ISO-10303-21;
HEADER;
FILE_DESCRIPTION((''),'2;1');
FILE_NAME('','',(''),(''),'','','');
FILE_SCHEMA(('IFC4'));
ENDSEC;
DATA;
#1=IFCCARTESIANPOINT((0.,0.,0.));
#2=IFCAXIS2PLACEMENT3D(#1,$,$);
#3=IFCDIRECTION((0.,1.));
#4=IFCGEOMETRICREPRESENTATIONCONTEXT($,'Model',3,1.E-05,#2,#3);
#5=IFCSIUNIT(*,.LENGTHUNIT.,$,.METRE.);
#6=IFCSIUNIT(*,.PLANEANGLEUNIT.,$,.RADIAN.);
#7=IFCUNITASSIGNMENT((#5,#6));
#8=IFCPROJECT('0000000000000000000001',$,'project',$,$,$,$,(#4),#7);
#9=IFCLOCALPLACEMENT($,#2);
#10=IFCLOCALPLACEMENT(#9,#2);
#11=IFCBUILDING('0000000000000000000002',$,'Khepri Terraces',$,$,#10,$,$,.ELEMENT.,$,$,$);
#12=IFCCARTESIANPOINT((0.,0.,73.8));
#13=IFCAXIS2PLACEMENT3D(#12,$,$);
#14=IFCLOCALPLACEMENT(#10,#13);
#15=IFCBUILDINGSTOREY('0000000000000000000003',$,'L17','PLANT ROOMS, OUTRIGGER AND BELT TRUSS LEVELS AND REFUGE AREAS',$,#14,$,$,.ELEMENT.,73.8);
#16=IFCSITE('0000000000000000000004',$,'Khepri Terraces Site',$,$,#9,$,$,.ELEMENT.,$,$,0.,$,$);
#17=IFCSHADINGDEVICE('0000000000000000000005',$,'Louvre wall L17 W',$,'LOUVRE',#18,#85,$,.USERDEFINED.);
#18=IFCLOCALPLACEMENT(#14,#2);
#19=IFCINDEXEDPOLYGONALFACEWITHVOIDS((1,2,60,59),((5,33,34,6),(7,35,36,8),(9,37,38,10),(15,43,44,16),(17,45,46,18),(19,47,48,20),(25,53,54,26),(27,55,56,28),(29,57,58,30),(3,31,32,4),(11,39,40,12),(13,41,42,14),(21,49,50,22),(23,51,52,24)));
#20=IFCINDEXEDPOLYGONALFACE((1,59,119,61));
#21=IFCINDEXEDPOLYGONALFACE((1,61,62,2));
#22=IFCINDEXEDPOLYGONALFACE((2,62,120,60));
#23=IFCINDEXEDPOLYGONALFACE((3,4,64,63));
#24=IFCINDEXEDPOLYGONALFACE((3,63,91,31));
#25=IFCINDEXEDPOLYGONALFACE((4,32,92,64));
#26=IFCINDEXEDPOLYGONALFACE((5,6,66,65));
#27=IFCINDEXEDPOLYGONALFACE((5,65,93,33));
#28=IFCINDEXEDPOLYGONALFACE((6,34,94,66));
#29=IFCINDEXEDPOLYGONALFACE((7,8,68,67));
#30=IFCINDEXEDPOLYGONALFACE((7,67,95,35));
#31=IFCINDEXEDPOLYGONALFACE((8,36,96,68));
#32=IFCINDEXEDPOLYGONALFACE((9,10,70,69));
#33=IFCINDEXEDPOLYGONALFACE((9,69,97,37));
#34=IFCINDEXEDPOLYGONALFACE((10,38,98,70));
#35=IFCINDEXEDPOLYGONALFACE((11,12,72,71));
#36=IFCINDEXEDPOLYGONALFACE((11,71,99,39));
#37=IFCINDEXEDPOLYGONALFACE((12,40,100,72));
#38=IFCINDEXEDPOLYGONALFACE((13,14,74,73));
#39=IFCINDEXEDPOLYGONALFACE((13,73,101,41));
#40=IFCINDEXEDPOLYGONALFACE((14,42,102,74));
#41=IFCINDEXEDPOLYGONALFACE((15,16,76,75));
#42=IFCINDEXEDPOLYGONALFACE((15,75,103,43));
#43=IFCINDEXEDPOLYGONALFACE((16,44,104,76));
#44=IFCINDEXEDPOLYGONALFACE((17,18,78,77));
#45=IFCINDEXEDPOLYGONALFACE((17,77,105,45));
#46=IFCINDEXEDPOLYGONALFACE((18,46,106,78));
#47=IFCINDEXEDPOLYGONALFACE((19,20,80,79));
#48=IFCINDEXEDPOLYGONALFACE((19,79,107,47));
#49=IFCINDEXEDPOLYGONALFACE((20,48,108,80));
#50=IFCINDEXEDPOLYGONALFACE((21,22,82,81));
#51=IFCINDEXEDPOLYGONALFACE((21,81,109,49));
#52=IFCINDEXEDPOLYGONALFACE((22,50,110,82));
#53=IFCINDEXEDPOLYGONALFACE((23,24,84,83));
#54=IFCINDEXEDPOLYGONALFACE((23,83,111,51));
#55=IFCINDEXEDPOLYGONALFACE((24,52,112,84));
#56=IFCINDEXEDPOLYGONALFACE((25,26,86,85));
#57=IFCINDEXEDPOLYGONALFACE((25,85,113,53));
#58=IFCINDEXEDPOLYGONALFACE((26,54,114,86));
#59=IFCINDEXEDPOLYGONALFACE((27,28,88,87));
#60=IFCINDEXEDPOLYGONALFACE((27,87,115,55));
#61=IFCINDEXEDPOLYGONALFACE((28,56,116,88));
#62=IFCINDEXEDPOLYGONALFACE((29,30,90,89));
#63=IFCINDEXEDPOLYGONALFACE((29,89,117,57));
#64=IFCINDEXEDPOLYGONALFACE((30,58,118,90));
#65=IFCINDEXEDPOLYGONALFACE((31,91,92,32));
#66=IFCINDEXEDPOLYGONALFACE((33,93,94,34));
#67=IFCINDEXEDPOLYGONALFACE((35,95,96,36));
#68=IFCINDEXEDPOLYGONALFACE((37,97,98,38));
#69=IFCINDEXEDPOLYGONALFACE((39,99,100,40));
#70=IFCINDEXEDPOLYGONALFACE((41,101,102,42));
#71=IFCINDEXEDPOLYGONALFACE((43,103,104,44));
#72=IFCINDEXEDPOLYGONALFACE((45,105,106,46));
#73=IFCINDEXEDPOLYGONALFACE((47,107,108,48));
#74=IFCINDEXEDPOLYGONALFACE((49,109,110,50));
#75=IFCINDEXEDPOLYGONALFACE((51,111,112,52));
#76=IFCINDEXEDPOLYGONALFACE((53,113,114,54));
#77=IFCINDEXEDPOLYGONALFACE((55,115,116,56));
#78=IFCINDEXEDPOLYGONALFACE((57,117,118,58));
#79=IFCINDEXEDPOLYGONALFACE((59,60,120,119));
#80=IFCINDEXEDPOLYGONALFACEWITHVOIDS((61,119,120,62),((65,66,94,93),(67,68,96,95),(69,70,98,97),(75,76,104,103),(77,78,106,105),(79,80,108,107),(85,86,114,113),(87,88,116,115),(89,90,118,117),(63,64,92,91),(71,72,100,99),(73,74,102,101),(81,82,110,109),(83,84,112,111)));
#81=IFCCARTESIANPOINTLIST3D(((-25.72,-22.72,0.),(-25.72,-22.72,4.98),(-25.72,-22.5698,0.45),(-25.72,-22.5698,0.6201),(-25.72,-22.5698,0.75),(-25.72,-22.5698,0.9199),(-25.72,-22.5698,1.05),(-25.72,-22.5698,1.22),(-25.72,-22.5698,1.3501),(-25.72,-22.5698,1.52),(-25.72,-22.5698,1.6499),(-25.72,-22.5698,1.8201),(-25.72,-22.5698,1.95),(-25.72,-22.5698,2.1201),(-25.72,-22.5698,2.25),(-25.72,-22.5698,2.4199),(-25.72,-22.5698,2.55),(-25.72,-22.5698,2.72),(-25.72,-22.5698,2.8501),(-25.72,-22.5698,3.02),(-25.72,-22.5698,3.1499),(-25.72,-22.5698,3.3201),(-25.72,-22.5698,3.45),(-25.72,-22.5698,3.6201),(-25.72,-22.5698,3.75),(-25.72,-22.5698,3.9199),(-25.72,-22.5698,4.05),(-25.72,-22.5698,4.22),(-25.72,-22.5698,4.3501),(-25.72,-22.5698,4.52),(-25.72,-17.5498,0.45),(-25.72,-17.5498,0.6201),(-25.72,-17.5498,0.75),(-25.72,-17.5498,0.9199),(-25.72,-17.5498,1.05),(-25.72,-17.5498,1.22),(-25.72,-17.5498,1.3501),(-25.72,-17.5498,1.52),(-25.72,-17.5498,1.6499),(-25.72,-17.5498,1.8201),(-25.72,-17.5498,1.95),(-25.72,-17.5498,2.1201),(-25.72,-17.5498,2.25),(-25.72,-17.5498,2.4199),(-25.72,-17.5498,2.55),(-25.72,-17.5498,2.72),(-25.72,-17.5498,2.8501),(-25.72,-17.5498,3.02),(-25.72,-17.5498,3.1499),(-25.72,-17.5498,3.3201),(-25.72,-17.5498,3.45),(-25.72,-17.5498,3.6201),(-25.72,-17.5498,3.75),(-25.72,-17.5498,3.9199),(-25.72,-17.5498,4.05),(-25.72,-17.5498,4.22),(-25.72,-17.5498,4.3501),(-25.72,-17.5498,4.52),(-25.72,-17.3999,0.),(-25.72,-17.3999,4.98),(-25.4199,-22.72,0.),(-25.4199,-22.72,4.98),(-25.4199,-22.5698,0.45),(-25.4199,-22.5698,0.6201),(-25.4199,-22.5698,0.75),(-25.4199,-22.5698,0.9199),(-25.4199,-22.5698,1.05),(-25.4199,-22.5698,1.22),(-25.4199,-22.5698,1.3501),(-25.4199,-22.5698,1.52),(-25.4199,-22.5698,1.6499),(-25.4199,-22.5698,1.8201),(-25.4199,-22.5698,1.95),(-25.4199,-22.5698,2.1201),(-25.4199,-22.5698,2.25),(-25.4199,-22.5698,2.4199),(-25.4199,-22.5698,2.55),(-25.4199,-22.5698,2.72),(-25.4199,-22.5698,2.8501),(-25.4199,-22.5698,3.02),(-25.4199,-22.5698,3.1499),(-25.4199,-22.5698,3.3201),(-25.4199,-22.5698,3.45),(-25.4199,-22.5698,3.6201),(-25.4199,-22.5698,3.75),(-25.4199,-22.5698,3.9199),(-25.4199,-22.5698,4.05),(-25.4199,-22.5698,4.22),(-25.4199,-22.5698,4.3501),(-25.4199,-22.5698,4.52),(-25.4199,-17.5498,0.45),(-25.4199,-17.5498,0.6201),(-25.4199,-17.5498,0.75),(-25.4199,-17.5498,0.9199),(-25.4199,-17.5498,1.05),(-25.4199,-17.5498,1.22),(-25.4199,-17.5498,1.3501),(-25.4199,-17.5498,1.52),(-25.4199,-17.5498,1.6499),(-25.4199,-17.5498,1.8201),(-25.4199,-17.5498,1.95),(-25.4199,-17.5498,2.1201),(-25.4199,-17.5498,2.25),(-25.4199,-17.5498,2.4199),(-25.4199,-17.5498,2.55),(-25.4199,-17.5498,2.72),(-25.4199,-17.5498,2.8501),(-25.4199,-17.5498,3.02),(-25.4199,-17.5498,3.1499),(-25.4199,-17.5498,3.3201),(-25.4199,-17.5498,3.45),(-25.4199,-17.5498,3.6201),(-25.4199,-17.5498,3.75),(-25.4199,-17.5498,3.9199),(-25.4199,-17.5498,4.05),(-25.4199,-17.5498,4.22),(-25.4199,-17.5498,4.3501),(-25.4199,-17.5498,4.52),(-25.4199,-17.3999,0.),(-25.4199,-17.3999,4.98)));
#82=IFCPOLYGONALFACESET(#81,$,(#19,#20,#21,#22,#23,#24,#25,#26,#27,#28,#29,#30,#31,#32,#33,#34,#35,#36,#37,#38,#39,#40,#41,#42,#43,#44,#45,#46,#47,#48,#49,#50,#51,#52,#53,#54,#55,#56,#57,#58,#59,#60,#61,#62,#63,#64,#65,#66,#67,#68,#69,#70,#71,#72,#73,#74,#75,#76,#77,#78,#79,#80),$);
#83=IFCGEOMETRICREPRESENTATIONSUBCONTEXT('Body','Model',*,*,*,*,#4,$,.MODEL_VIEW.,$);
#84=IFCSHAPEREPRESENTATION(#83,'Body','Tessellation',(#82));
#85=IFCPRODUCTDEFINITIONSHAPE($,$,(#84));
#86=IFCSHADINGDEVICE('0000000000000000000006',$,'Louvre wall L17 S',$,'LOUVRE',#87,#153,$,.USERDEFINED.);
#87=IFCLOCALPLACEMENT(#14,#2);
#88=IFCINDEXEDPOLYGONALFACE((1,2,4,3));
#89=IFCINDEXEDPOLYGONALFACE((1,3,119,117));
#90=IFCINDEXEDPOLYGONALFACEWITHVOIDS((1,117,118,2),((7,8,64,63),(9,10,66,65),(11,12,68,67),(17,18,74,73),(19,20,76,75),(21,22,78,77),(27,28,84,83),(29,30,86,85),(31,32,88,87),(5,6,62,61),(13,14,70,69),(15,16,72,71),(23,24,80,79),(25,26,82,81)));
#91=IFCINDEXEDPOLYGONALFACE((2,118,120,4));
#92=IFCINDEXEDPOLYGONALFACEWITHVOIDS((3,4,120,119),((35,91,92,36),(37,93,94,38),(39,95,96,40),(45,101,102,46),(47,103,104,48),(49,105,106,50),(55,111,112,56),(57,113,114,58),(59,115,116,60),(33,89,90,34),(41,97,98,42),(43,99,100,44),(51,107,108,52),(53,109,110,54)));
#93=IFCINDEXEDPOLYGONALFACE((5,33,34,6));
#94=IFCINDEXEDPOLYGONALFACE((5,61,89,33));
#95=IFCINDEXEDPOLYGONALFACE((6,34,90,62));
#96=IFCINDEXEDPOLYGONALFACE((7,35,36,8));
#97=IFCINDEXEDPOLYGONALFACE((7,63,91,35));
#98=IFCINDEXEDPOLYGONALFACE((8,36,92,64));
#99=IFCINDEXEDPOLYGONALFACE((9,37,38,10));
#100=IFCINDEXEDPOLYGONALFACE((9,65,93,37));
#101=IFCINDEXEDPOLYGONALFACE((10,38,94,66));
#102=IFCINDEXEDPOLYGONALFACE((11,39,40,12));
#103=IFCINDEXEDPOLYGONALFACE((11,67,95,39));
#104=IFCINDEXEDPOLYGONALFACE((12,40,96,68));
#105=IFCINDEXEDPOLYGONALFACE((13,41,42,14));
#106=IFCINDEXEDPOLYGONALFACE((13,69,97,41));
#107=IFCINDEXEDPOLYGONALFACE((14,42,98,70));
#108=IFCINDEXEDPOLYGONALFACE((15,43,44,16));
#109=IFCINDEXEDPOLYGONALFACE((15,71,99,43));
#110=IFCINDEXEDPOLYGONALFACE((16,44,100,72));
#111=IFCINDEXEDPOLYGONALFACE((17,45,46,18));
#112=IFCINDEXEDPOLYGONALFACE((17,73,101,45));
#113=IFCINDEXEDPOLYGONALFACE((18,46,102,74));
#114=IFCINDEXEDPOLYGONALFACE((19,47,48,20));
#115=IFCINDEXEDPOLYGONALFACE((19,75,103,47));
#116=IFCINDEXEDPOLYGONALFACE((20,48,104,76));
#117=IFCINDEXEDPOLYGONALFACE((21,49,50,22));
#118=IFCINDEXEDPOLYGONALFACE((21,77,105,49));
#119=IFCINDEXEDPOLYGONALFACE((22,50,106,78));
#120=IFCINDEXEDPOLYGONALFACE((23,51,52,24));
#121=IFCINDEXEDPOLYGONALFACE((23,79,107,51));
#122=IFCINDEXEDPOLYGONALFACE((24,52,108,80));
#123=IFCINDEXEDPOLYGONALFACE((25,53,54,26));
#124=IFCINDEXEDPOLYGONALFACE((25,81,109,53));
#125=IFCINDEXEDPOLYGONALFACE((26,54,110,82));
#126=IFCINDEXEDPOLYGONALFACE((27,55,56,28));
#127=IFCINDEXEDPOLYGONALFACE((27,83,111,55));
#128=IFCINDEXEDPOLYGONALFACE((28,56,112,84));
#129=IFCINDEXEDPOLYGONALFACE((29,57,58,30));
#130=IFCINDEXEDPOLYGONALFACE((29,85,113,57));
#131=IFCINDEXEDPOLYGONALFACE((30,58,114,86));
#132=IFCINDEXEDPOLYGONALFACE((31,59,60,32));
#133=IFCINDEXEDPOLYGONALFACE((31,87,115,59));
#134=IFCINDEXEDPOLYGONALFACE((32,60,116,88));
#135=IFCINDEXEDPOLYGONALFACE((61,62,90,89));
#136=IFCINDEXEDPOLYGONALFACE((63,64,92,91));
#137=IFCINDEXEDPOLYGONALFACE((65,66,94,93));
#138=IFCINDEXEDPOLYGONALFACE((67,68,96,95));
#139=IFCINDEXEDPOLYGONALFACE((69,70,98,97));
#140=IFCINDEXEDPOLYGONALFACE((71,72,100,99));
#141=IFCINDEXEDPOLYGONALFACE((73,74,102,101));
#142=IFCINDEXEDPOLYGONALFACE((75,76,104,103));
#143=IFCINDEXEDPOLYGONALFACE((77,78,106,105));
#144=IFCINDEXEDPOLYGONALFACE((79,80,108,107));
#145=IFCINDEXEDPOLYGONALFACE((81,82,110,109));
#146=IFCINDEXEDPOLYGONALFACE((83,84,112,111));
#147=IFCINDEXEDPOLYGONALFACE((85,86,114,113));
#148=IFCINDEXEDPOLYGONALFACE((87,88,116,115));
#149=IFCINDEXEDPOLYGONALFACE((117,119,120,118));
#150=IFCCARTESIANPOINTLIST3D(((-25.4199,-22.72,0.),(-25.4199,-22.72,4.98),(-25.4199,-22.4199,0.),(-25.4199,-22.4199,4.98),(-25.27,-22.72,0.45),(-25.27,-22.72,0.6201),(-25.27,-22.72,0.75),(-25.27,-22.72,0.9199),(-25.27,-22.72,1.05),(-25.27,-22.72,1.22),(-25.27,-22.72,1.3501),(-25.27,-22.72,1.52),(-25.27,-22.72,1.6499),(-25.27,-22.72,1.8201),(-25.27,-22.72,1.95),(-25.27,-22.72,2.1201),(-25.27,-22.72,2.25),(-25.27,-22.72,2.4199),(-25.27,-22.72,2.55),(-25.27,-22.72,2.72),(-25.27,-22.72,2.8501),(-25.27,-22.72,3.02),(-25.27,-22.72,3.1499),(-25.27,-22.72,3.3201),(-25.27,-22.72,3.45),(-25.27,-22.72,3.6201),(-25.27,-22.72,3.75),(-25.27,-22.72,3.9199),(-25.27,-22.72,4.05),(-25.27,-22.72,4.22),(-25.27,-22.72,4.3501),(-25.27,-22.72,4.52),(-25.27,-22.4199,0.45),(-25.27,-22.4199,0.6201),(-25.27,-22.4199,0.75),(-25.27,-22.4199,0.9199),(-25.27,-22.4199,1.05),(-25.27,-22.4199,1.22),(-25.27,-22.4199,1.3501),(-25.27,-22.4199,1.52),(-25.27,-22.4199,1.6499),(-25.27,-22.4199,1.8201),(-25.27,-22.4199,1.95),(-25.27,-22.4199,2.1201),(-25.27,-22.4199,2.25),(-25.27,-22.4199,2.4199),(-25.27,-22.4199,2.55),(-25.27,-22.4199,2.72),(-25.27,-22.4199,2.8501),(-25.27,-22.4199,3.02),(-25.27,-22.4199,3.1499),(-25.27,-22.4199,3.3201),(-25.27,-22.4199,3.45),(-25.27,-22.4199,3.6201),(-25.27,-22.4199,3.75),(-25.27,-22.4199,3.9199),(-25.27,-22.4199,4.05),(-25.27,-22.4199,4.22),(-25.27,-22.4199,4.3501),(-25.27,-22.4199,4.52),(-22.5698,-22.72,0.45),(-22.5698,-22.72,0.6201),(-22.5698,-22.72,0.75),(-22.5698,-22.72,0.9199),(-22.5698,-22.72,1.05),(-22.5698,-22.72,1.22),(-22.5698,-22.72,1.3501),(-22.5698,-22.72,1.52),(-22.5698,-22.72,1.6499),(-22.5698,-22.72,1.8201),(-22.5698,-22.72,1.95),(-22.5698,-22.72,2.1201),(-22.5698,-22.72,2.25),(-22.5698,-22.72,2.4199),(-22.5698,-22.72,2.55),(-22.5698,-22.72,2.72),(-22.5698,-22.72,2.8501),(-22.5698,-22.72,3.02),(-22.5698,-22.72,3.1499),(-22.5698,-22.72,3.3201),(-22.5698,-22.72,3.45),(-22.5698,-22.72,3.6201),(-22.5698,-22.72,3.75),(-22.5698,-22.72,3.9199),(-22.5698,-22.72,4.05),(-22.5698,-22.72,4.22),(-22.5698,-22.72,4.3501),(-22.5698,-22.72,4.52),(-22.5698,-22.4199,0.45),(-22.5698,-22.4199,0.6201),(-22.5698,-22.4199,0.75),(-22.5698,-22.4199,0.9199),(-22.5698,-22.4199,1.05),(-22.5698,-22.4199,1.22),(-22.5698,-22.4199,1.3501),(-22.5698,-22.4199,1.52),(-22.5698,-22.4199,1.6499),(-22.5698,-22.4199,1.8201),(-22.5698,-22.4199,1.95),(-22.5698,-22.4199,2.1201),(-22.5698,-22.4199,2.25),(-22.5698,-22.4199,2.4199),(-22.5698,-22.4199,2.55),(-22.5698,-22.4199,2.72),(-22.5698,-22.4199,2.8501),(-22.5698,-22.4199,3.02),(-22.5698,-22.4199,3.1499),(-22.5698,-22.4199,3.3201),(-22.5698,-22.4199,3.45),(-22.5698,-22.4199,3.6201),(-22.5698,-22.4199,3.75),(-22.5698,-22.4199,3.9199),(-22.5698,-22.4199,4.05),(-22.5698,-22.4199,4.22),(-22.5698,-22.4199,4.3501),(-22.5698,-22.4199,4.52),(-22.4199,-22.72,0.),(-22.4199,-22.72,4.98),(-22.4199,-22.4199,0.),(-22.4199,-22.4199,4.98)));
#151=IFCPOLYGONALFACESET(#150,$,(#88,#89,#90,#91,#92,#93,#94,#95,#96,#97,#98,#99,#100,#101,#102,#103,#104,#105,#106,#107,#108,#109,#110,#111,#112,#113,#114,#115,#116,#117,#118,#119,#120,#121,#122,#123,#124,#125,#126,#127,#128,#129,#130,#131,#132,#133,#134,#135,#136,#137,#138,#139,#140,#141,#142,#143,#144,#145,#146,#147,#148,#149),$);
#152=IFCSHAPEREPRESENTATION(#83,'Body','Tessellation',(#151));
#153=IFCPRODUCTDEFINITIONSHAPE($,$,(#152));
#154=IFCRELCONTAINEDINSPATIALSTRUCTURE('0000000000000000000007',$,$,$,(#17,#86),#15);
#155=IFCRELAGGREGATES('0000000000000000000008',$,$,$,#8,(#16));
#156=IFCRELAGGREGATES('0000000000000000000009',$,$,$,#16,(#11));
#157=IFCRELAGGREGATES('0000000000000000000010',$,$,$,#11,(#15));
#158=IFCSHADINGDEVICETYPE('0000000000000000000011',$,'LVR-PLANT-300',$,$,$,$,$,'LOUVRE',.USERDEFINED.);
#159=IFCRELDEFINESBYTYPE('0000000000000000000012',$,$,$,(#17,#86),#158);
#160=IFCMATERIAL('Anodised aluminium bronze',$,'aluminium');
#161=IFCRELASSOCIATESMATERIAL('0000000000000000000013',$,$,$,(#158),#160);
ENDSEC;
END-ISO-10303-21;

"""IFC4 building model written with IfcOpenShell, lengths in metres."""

from ifc_helpers import new_model, si_unit, direction, frame, origin, place, context, subcontext, project, spatial, polyline, outline, extrude, material, type_object, element, save


model = new_model("IFC4")

# Units and contexts
model_context = context("Model", 3, precision=1e-05, world=origin(), true_north=direction((0.0, 1.0)))
body_context = subcontext(model_context, "Body", "Model", "MODEL_VIEW")
ifc_project = project(units=[si_unit("LENGTHUNIT", "METRE"), si_unit("PLANEANGLEUNIT", "RADIAN")], contexts=[model_context])

# Site, building, storey
site_placement = place(None, origin())
site = spatial("IfcSite", under=ifc_project, at=site_placement, Name="Khepri Terraces Site", CompositionType="ELEMENT", RefElevation=0.0)
building_placement = place(site_placement, origin())
building = spatial("IfcBuilding", under=site, at=building_placement, Name="Khepri Terraces", CompositionType="ELEMENT")
storey_placement = place(building_placement, frame((0.0, 0.0, 73.8)))
storey = spatial("IfcBuildingStorey", under=building, at=storey_placement, Name="L17", Description="PLANT ROOMS, OUTRIGGER AND BELT TRUSS LEVELS AND REFUGE AREAS", CompositionType="ELEMENT", Elevation=73.8)

# Shading devices
ifc_material_1 = material(Name="Anodised aluminium bronze", Category="aluminium")
shading_device_type = type_object("IfcShadingDeviceType", Name="LVR-PLANT-300", ElementType="LOUVRE", PredefinedType="USERDEFINED", material=ifc_material_1)
shading_device_1_placement = place(storey_placement, frame((-25.4199, -17.3999, 0.0), z_axis=(-1.0, 0.0, 0.0), x_axis=(0.0, -1.0, 0.0)))
element("IfcShadingDevice", 1, at=shading_device_1_placement, inside=storey, type_object=shading_device_type, Name="Louvre wall L17 W", ObjectType="LOUVRE", PredefinedType="USERDEFINED", context=body_context, shape_type="SweptSolid", body=[
    extrude(outline(polyline([(0.0, 0.0), (5.3201, 0.0), (5.3201, 4.98), (0.0, 4.98), (0.0, 0.0)]), holes=[polyline([(0.1499, 0.45), (5.1699, 0.45), (5.1699, 0.6201), (0.1499, 0.6201), (0.1499, 0.45)]), polyline([(0.1499, 0.75), (5.1699, 0.75), (5.1699, 0.9199), (0.1499, 0.9199), (0.1499, 0.75)]), polyline([(0.1499, 1.05), (5.1699, 1.05), (5.1699, 1.22), (0.1499, 1.22), (0.1499, 1.05)]), polyline([(0.1499, 1.3501), (5.1699, 1.3501), (5.1699, 1.52), (0.1499, 1.52), (0.1499, 1.3501)]), polyline([(0.1499, 1.6499), (5.1699, 1.6499), (5.1699, 1.8201), (0.1499, 1.8201), (0.1499, 1.6499)]), polyline([(0.1499, 1.95), (5.1699, 1.95), (5.1699, 2.1201), (0.1499, 2.1201), (0.1499, 1.95)]), polyline([(0.1499, 2.25), (5.1699, 2.25), (5.1699, 2.4199), (0.1499, 2.4199), (0.1499, 2.25)]), polyline([(0.1499, 2.55), (5.1699, 2.55), (5.1699, 2.72), (0.1499, 2.72), (0.1499, 2.55)]), polyline([(0.1499, 2.8501), (5.1699, 2.8501), (5.1699, 3.02), (0.1499, 3.02), (0.1499, 2.8501)]), polyline([(0.1499, 3.1499), (5.1699, 3.1499), (5.1699, 3.3201), (0.1499, 3.3201), (0.1499, 3.1499)]), polyline([(0.1499, 3.45), (5.1699, 3.45), (5.1699, 3.6201), (0.1499, 3.6201), (0.1499, 3.45)]), polyline([(0.1499, 3.75), (5.1699, 3.75), (5.1699, 3.9199), (0.1499, 3.9199), (0.1499, 3.75)]), polyline([(0.1499, 4.05), (5.1699, 4.05), (5.1699, 4.22), (0.1499, 4.22), (0.1499, 4.05)]), polyline([(0.1499, 4.3501), (5.1699, 4.3501), (5.1699, 4.52), (0.1499, 4.52), (0.1499, 4.3501)])]), origin(), (0.0, 0.0, 1.0), 0.3),
])
shading_device_2_placement = place(storey_placement, frame((-25.4199, -22.4199, 0.0), z_axis=(0.0, -1.0, 0.0), x_axis=(1.0, 0.0, 0.0)))
element("IfcShadingDevice", 2, at=shading_device_2_placement, inside=storey, type_object=shading_device_type, Name="Louvre wall L17 S", ObjectType="LOUVRE", PredefinedType="USERDEFINED", context=body_context, shape_type="SweptSolid", body=[
    extrude(outline(polyline([(0.0, 0.0), (3.0, 0.0), (3.0, 4.98), (0.0, 4.98), (0.0, 0.0)]), holes=[polyline([(0.1499, 0.45), (2.8501, 0.45), (2.8501, 0.6201), (0.1499, 0.6201), (0.1499, 0.45)]), polyline([(0.1499, 0.75), (2.8501, 0.75), (2.8501, 0.9199), (0.1499, 0.9199), (0.1499, 0.75)]), polyline([(0.1499, 1.05), (2.8501, 1.05), (2.8501, 1.22), (0.1499, 1.22), (0.1499, 1.05)]), polyline([(0.1499, 1.3501), (2.8501, 1.3501), (2.8501, 1.52), (0.1499, 1.52), (0.1499, 1.3501)]), polyline([(0.1499, 1.6499), (2.8501, 1.6499), (2.8501, 1.8201), (0.1499, 1.8201), (0.1499, 1.6499)]), polyline([(0.1499, 1.95), (2.8501, 1.95), (2.8501, 2.1201), (0.1499, 2.1201), (0.1499, 1.95)]), polyline([(0.1499, 2.25), (2.8501, 2.25), (2.8501, 2.4199), (0.1499, 2.4199), (0.1499, 2.25)]), polyline([(0.1499, 2.55), (2.8501, 2.55), (2.8501, 2.72), (0.1499, 2.72), (0.1499, 2.55)]), polyline([(0.1499, 2.8501), (2.8501, 2.8501), (2.8501, 3.02), (0.1499, 3.02), (0.1499, 2.8501)]), polyline([(0.1499, 3.1499), (2.8501, 3.1499), (2.8501, 3.3201), (0.1499, 3.3201), (0.1499, 3.1499)]), polyline([(0.1499, 3.45), (2.8501, 3.45), (2.8501, 3.6201), (0.1499, 3.6201), (0.1499, 3.45)]), polyline([(0.1499, 3.75), (2.8501, 3.75), (2.8501, 3.9199), (0.1499, 3.9199), (0.1499, 3.75)]), polyline([(0.1499, 4.05), (2.8501, 4.05), (2.8501, 4.22), (0.1499, 4.22), (0.1499, 4.05)]), polyline([(0.1499, 4.3501), (2.8501, 4.3501), (2.8501, 4.52), (0.1499, 4.52), (0.1499, 4.3501)])]), origin(), (0.0, 0.0, 1.0), 0.3),
])

save(model, "model.ifc")
